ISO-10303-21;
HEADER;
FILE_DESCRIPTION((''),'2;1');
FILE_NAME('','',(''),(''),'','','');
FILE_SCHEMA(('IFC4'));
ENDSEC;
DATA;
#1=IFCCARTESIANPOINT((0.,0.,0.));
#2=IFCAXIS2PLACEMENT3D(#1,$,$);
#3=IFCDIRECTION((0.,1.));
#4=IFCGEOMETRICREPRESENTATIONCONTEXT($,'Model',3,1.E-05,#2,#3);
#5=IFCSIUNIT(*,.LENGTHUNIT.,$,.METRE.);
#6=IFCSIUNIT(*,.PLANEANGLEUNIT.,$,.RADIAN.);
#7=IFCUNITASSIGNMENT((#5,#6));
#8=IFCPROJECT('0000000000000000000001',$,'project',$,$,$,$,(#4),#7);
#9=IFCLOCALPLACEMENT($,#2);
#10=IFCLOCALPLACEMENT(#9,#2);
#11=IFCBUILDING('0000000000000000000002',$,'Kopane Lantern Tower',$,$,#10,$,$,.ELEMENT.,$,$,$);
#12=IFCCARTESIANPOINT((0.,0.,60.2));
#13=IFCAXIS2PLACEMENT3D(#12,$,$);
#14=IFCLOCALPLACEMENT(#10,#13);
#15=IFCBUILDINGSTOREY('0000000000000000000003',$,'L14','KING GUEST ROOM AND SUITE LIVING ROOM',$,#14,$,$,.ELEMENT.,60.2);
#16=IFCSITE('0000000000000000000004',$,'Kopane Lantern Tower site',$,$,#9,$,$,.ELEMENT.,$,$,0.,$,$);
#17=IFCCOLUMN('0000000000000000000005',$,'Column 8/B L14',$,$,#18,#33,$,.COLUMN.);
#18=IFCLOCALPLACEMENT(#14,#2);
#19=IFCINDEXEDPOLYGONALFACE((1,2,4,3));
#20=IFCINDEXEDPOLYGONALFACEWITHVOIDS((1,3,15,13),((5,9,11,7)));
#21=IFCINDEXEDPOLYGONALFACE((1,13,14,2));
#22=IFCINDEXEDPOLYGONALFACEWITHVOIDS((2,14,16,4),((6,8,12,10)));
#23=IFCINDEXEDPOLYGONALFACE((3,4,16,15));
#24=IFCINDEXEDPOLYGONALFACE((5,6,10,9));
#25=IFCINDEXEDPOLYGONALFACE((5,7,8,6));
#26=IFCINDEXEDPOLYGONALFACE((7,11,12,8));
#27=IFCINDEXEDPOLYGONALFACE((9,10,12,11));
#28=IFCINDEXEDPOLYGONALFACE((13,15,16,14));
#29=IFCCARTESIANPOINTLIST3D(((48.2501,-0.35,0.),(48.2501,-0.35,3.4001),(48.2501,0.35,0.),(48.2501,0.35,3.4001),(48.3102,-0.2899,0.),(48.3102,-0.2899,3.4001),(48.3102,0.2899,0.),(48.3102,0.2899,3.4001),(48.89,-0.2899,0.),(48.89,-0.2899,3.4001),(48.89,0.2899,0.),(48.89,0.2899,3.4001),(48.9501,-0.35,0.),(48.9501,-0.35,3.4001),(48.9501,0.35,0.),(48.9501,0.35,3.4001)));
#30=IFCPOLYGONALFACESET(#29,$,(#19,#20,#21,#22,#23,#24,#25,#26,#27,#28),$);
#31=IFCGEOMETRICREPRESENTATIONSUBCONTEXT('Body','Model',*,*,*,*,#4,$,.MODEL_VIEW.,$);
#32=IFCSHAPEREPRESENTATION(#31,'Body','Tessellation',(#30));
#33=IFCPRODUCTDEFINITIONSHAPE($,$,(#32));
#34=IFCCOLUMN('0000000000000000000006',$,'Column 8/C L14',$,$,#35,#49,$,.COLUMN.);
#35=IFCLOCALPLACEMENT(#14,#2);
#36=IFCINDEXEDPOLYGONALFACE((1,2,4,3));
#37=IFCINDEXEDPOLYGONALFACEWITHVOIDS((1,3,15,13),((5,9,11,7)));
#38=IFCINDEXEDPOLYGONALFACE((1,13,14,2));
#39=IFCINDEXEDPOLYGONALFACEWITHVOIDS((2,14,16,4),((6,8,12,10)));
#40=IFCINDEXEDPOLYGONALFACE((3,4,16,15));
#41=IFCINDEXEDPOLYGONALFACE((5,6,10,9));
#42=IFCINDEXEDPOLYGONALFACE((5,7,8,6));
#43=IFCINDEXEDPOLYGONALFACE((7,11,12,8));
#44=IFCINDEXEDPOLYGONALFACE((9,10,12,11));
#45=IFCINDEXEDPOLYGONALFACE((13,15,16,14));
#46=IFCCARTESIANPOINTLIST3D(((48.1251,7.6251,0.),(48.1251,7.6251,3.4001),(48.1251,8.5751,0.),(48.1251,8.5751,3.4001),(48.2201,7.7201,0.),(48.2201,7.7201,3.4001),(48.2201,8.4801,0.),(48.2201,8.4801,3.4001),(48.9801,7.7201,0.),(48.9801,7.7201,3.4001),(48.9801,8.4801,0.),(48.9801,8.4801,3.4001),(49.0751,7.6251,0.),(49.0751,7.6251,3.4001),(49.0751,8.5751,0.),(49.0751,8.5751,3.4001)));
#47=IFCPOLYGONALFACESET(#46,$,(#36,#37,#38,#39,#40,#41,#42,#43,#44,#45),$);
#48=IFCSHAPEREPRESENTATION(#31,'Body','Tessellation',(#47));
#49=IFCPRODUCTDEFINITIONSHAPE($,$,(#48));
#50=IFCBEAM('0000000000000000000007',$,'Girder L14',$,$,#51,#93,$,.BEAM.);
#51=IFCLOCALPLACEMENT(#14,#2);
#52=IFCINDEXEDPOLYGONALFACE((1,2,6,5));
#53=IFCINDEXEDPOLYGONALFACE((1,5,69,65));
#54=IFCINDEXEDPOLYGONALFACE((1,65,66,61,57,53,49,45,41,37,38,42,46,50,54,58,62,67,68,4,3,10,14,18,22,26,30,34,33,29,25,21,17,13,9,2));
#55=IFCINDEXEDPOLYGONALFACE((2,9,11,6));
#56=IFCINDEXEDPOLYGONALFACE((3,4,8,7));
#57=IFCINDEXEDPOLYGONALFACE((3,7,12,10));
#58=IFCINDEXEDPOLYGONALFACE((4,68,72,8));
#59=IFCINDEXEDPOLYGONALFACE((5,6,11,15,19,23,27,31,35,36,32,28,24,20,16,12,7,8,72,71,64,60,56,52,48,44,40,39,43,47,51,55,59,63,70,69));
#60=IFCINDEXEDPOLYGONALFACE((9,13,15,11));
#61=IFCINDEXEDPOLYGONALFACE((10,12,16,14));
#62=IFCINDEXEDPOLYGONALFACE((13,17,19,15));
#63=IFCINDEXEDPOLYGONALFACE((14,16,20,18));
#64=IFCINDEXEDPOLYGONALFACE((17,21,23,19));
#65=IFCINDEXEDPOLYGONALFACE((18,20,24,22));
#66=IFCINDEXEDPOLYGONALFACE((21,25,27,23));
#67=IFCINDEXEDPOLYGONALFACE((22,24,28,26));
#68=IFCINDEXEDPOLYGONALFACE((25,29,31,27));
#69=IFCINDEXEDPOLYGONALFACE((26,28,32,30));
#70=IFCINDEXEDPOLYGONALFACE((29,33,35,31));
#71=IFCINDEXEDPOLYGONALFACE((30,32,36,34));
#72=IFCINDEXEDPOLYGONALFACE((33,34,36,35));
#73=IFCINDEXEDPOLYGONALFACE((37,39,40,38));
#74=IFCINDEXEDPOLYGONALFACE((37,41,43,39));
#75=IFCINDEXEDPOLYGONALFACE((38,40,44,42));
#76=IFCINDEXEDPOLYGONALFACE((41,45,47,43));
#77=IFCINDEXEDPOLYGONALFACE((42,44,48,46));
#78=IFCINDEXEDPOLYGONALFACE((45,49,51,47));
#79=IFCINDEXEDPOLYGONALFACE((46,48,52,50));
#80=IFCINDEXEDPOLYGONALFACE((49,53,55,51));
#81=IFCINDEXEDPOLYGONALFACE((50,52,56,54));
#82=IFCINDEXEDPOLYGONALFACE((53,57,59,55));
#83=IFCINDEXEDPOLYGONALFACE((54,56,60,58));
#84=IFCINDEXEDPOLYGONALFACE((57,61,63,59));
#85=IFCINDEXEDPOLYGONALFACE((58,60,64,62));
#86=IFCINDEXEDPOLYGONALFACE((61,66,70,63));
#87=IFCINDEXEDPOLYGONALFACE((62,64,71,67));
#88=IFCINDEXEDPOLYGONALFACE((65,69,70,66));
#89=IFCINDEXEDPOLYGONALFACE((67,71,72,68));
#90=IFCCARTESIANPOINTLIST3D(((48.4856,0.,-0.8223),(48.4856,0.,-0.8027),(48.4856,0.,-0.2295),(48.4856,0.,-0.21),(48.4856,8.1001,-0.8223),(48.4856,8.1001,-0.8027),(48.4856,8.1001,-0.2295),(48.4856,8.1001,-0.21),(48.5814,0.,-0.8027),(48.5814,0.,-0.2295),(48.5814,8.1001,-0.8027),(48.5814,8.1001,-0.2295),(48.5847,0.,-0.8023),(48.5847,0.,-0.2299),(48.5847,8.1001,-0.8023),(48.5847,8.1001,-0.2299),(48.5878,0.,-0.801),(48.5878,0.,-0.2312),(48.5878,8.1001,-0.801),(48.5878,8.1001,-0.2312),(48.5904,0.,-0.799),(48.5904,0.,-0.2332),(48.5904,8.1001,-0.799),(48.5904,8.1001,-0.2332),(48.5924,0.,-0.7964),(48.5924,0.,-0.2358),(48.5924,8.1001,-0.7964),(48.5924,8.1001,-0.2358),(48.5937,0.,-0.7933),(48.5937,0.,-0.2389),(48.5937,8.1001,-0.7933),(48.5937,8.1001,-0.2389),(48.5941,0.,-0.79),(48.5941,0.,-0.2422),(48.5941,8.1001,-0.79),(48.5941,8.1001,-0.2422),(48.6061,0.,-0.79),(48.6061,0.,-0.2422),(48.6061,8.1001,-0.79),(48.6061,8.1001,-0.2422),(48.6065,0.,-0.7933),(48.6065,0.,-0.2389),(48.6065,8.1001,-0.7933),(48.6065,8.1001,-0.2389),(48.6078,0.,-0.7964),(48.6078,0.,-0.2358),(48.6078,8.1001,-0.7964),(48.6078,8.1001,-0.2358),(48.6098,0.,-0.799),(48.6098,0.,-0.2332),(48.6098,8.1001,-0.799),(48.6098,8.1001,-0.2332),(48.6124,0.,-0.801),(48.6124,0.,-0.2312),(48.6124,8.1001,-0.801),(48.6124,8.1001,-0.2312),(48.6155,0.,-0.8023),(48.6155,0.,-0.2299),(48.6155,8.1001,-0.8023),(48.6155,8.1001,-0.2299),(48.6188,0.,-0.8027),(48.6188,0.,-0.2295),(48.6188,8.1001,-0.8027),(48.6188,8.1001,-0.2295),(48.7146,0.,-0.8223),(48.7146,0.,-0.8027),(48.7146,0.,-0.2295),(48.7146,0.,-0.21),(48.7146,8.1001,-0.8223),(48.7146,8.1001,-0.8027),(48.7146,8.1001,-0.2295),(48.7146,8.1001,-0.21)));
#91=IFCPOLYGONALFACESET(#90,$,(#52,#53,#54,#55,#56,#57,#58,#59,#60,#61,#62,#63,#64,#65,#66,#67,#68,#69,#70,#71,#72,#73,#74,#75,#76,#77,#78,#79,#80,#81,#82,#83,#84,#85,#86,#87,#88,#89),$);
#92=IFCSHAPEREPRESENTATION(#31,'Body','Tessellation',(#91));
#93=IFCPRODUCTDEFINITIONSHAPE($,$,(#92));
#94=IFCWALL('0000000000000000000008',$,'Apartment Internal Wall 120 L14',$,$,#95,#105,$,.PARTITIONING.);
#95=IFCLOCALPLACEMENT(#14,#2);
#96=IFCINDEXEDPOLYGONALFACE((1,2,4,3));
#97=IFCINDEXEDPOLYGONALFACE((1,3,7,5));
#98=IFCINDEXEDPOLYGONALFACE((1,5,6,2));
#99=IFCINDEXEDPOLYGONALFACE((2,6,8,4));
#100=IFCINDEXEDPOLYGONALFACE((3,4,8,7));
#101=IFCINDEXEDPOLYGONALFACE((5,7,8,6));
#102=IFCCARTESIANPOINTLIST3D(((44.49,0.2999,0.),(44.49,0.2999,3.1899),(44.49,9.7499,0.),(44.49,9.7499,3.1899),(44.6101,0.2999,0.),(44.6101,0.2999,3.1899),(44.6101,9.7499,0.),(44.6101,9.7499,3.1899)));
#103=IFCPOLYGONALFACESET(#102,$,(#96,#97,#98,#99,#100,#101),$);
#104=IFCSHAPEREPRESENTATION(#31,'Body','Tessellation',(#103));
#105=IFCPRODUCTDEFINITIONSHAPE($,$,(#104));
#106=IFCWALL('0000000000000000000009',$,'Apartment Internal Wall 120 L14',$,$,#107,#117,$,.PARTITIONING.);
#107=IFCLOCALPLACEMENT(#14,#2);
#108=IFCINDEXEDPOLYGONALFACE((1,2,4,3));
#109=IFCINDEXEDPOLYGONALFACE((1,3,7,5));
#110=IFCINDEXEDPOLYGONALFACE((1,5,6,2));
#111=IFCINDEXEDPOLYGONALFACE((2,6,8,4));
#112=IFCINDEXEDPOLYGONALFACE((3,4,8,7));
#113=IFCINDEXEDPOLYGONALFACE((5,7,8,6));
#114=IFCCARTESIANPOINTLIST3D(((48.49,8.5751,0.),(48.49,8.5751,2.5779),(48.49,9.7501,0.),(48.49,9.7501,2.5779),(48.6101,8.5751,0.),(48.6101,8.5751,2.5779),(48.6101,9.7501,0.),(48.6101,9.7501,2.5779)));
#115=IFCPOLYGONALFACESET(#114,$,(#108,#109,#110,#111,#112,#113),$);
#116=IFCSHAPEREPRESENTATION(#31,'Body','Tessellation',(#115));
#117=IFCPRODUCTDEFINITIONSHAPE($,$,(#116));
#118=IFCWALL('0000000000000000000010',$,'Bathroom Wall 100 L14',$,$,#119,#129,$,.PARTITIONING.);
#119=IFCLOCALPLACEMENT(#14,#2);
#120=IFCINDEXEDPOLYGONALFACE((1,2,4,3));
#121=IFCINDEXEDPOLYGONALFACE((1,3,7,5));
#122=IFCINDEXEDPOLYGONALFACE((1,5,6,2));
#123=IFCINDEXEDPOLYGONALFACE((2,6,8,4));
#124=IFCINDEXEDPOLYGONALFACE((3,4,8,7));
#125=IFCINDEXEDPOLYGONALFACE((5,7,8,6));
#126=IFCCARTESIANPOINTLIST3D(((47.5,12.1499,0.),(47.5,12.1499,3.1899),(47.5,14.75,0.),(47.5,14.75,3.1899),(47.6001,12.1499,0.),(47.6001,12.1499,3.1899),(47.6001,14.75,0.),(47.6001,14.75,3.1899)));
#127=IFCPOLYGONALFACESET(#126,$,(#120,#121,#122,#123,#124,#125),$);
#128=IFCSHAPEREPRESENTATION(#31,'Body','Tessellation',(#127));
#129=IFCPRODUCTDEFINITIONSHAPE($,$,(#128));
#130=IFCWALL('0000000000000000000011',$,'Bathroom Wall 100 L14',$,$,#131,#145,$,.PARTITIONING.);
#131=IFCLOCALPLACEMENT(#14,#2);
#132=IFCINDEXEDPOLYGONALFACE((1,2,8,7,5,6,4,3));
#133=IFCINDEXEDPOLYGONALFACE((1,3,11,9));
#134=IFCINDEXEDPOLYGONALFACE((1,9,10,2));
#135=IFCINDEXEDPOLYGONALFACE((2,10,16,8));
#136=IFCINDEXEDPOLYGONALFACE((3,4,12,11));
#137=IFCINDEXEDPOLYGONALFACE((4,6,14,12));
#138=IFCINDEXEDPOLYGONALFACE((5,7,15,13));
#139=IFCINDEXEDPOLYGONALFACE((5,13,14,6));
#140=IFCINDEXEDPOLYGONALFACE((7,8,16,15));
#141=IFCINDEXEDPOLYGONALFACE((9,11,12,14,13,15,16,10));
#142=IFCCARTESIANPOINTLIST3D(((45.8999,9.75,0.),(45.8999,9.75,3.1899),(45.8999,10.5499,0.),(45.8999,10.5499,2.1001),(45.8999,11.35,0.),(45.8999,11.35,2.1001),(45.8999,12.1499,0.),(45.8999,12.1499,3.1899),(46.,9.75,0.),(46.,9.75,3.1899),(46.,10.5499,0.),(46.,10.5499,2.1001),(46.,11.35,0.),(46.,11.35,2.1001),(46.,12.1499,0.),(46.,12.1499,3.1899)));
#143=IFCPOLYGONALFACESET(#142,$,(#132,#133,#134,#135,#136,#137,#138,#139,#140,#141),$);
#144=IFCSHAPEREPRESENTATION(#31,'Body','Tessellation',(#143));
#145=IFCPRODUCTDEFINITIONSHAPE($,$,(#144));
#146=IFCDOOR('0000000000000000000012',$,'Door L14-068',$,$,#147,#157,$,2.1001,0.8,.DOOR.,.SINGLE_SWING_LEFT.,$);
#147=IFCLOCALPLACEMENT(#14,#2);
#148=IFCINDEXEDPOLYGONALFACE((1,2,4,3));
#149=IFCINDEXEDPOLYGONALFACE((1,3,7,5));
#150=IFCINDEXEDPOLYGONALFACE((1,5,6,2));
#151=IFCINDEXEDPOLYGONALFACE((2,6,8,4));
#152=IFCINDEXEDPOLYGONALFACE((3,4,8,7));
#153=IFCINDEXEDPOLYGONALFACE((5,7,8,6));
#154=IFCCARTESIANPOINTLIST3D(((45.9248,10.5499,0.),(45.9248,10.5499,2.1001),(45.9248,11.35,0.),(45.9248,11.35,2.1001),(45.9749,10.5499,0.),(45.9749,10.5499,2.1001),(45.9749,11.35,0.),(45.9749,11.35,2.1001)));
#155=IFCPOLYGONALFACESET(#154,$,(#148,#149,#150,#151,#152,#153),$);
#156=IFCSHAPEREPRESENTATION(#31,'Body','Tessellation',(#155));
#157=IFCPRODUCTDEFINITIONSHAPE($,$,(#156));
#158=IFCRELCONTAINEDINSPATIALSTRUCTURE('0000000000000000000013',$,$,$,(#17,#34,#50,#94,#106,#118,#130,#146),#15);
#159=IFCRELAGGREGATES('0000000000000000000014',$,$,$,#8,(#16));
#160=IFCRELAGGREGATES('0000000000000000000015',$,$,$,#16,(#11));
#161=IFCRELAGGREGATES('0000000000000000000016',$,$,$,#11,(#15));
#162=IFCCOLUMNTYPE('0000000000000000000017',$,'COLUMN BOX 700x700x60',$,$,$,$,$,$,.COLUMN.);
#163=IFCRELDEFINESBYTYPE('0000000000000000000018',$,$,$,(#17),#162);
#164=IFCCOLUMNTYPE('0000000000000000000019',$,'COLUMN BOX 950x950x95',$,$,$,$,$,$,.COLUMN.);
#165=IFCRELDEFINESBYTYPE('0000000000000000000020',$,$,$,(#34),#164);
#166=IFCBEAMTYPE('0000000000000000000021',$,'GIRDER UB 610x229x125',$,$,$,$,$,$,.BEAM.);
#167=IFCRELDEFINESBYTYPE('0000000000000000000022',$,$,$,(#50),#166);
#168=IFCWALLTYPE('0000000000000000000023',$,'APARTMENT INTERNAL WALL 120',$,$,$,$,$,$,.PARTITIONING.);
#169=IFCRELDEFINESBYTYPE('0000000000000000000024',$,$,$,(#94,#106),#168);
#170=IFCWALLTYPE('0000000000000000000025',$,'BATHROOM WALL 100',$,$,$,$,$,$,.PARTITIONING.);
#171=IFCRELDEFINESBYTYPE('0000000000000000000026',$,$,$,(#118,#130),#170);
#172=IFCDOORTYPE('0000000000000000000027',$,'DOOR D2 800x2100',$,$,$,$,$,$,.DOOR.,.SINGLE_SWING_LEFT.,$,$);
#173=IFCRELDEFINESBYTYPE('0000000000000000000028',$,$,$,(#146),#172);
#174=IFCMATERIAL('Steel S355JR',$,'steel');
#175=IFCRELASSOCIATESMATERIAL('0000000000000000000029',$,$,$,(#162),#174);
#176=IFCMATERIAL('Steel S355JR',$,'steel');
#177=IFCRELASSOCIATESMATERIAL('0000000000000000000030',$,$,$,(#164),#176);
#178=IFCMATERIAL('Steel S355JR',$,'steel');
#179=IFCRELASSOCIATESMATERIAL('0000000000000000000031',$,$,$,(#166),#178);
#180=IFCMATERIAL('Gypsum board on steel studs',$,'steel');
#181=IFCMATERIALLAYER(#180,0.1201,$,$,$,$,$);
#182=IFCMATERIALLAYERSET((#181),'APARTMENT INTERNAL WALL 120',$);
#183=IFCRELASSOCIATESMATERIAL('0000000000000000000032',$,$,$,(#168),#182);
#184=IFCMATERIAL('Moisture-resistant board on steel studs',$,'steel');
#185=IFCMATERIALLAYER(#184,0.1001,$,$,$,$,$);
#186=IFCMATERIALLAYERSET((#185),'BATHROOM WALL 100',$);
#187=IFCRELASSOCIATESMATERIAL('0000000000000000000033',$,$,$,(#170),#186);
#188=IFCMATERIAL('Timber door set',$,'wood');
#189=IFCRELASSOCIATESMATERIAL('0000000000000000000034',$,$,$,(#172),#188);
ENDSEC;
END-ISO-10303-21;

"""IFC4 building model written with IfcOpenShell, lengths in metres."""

from ifc_helpers import new_model, si_unit, direction, frame, frame_2d, origin, origin_2d, place, context, subcontext, project, spatial, rectangle, hollow_rectangle, i_section, extrude, material, layer, layer_set, material_profile, profile_set, type_object, element, fill, save


model = new_model("IFC4")

# Units and contexts
model_context = context("Model", 3, precision=1e-05, world=origin(), true_north=direction((0.0, 1.0)))
body_context = subcontext(model_context, "Body", "Model", "MODEL_VIEW")
ifc_project = project(units=[si_unit("LENGTHUNIT", "METRE"), si_unit("PLANEANGLEUNIT", "RADIAN")], contexts=[model_context])

# Site, building, storey
site_placement = place(None, origin())
site = spatial("IfcSite", under=ifc_project, at=site_placement, Name="Kopane Lantern Tower site", CompositionType="ELEMENT", RefElevation=0.0)
building_placement = place(site_placement, origin())
building = spatial("IfcBuilding", under=site, at=building_placement, Name="Kopane Lantern Tower", CompositionType="ELEMENT")
storey_placement = place(building_placement, frame((0.0, 0.0, 60.2)))
storey = spatial("IfcBuildingStorey", under=building, at=storey_placement, Name="L14", Description="KING GUEST ROOM AND SUITE LIVING ROOM", CompositionType="ELEMENT", Elevation=60.2)

# Columns
ifc_material_1 = material(Name="Steel S355JR", Category="steel")
ifc_material_profile_1 = material_profile(ifc_material_1, hollow_rectangle(XDim=0.7, YDim=0.7, WallThickness=0.0601, at=origin_2d()), Name="BOX 700x700x60")
ifc_profile_set_1 = profile_set([ifc_material_profile_1], Name="Steel S355JR")
column_type_1 = type_object("IfcColumnType", Name="COLUMN BOX 700x700x60", PredefinedType="COLUMN", material=ifc_profile_set_1)
column_1_placement = place(storey_placement, frame((48.6001, 0.0, 0.0), z_axis=(0.0, 0.0, 1.0), x_axis=(1.0, 0.0, 0.0)))
element("IfcColumn", 1, at=column_1_placement, inside=storey, type_object=column_type_1, Name="Column 8/B L14", PredefinedType="COLUMN", context=body_context, shape_type="SweptSolid", body=[
    extrude(hollow_rectangle(XDim=0.7, YDim=0.7, WallThickness=0.0601, at=origin_2d()), origin(), (0.0, 0.0, 1.0), 3.4001),
])
ifc_material_2 = material(Name="Steel S355JR", Category="steel")
ifc_material_profile_2 = material_profile(ifc_material_2, hollow_rectangle(XDim=0.95, YDim=0.95, WallThickness=0.095, at=origin_2d()), Name="BOX 950x950x95")
ifc_profile_set_2 = profile_set([ifc_material_profile_2], Name="Steel S355JR")
column_type_2 = type_object("IfcColumnType", Name="COLUMN BOX 950x950x95", PredefinedType="COLUMN", material=ifc_profile_set_2)
column_2_placement = place(storey_placement, frame((48.6001, 8.1001, 0.0), z_axis=(0.0, 0.0, 1.0), x_axis=(1.0, 0.0, 0.0)))
element("IfcColumn", 2, at=column_2_placement, inside=storey, type_object=column_type_2, Name="Column 8/C L14", PredefinedType="COLUMN", context=body_context, shape_type="SweptSolid", body=[
    extrude(hollow_rectangle(XDim=0.95, YDim=0.95, WallThickness=0.095, at=origin_2d()), origin(), (0.0, 0.0, 1.0), 3.4001),
])

# Beam
ifc_material_3 = material(Name="Steel S355JR", Category="steel")
ifc_material_profile_3 = material_profile(ifc_material_3, i_section(OverallWidth=0.229, OverallDepth=0.6123, WebThickness=0.012, FlangeThickness=0.0195, FilletRadius=0.0127, at=origin_2d()), Name="UB 610x229x125")
ifc_profile_set_3 = profile_set([ifc_material_profile_3], Name="Steel S355JR")
beam_type = type_object("IfcBeamType", Name="GIRDER UB 610x229x125", PredefinedType="BEAM", material=ifc_profile_set_3)
beam_placement = place(storey_placement, frame((48.6001, 0.0, -0.5161), z_axis=(0.0, 1.0, 0.0), x_axis=(-1.0, 0.0, 0.0)))
element("IfcBeam", 3, at=beam_placement, inside=storey, type_object=beam_type, Name="Girder L14", PredefinedType="BEAM", context=body_context, shape_type="SweptSolid", body=[
    extrude(i_section(OverallWidth=0.229, OverallDepth=0.6123, WebThickness=0.012, FlangeThickness=0.0195, FilletRadius=0.0127, at=origin_2d()), origin(), (0.0, 0.0, 1.0), 8.1001),
])

# Walls
ifc_material_4 = material(Name="Gypsum board on steel studs", Category="steel")
ifc_layer_1 = layer(ifc_material_4, 0.1201)
ifc_layer_set_1 = layer_set([ifc_layer_1], Name="APARTMENT INTERNAL WALL 120")
wall_type_1 = type_object("IfcWallType", Name="APARTMENT INTERNAL WALL 120", PredefinedType="PARTITIONING", material=ifc_layer_set_1)
wall_1_placement = place(storey_placement, frame((44.55, 9.75, 0.0), z_axis=(0.0, 0.0, 1.0), x_axis=(0.0, -1.0, 0.0)))
element("IfcWall", 4, at=wall_1_placement, inside=storey, type_object=wall_type_1, Name="Apartment Internal Wall 120 L14", PredefinedType="PARTITIONING", context=body_context, shape_type="SweptSolid", body=[
    extrude(rectangle(XDim=9.45, YDim=0.1201, at=frame_2d((4.7251, 0.0))), origin(), (0.0, 0.0, 1.0), 3.1899),
])
wall_2_placement = place(storey_placement, frame((48.55, 9.75, 0.0), z_axis=(0.0, 0.0, 1.0), x_axis=(0.0, -1.0, 0.0)))
element("IfcWall", 5, at=wall_2_placement, inside=storey, type_object=wall_type_1, Name="Apartment Internal Wall 120 L14", PredefinedType="PARTITIONING", context=body_context, shape_type="SweptSolid", body=[
    extrude(rectangle(XDim=1.175, YDim=0.1201, at=frame_2d((0.5874, 0.0))), origin(), (0.0, 0.0, 1.0), 2.5779),
])
ifc_material_5 = material(Name="Moisture-resistant board on steel studs", Category="steel")
ifc_layer_2 = layer(ifc_material_5, 0.1001)
ifc_layer_set_2 = layer_set([ifc_layer_2], Name="BATHROOM WALL 100")
wall_type_2 = type_object("IfcWallType", Name="BATHROOM WALL 100", PredefinedType="PARTITIONING", material=ifc_layer_set_2)
wall_3_placement = place(storey_placement, frame((47.55, 12.1499, 0.0), z_axis=(0.0, 0.0, 1.0), x_axis=(0.0, 1.0, 0.0)))
element("IfcWall", 6, at=wall_3_placement, inside=storey, type_object=wall_type_2, Name="Bathroom Wall 100 L14", PredefinedType="PARTITIONING", context=body_context, shape_type="SweptSolid", body=[
    extrude(rectangle(XDim=2.6001, YDim=0.1001, at=frame_2d((1.3, 0.0))), origin(), (0.0, 0.0, 1.0), 3.1899),
])

# Wall, opening, door
wall_4_placement = place(storey_placement, frame((45.95, 12.1499, 0.0), z_axis=(0.0, 0.0, 1.0), x_axis=(0.0, -1.0, 0.0)))
wall_4 = element("IfcWall", 7, at=wall_4_placement, inside=storey, type_object=wall_type_2, Name="Bathroom Wall 100 L14", PredefinedType="PARTITIONING", context=body_context, shape_type="SweptSolid", body=[
    extrude(rectangle(XDim=2.3999, YDim=0.1001, at=frame_2d((1.2, 0.0))), origin(), (0.0, 0.0, 1.0), 3.1899),
])
opening_1_placement = place(wall_4_placement, frame((0.8, 0.0, 0.0)))
opening_1 = element("IfcOpeningElement", 8, at=opening_1_placement, cuts=wall_4, PredefinedType="OPENING", context=body_context, shape_type="SweptSolid", body=[
    extrude(rectangle(XDim=0.8, YDim=2.1001, at=frame_2d((0.3999, 1.05))), frame((0.0, 0.0601, 0.0), z_axis=(0.0, -1.0, 0.0), x_axis=(1.0, 0.0, 0.0)), (0.0, 0.0, 1.0), 0.1201),
])
ifc_material_6 = material(Name="Timber door set", Category="wood")
door_type_1 = type_object("IfcDoorType", Name="DOOR D2 800x2100", OperationType="SINGLE_SWING_LEFT", PredefinedType="DOOR", material=ifc_material_6)
door_1_placement = place(opening_1_placement, origin())
door_1 = element("IfcDoor", 9, at=door_1_placement, inside=storey, type_object=door_type_1, Name="Door L14-068", OperationType="SINGLE_SWING_LEFT", OverallHeight=2.1001, OverallWidth=0.8, PredefinedType="DOOR", context=body_context, shape_type="SweptSolid", body=[
    extrude(rectangle(XDim=0.8, YDim=2.1001, at=frame_2d((0.3999, 1.05))), frame((0.0, 0.0249, 0.0), z_axis=(0.0, -1.0, 0.0), x_axis=(1.0, 0.0, 0.0)), (0.0, 0.0, 1.0), 0.05),
])
fill(opening_1, door_1)

save(model, "model.ifc")
